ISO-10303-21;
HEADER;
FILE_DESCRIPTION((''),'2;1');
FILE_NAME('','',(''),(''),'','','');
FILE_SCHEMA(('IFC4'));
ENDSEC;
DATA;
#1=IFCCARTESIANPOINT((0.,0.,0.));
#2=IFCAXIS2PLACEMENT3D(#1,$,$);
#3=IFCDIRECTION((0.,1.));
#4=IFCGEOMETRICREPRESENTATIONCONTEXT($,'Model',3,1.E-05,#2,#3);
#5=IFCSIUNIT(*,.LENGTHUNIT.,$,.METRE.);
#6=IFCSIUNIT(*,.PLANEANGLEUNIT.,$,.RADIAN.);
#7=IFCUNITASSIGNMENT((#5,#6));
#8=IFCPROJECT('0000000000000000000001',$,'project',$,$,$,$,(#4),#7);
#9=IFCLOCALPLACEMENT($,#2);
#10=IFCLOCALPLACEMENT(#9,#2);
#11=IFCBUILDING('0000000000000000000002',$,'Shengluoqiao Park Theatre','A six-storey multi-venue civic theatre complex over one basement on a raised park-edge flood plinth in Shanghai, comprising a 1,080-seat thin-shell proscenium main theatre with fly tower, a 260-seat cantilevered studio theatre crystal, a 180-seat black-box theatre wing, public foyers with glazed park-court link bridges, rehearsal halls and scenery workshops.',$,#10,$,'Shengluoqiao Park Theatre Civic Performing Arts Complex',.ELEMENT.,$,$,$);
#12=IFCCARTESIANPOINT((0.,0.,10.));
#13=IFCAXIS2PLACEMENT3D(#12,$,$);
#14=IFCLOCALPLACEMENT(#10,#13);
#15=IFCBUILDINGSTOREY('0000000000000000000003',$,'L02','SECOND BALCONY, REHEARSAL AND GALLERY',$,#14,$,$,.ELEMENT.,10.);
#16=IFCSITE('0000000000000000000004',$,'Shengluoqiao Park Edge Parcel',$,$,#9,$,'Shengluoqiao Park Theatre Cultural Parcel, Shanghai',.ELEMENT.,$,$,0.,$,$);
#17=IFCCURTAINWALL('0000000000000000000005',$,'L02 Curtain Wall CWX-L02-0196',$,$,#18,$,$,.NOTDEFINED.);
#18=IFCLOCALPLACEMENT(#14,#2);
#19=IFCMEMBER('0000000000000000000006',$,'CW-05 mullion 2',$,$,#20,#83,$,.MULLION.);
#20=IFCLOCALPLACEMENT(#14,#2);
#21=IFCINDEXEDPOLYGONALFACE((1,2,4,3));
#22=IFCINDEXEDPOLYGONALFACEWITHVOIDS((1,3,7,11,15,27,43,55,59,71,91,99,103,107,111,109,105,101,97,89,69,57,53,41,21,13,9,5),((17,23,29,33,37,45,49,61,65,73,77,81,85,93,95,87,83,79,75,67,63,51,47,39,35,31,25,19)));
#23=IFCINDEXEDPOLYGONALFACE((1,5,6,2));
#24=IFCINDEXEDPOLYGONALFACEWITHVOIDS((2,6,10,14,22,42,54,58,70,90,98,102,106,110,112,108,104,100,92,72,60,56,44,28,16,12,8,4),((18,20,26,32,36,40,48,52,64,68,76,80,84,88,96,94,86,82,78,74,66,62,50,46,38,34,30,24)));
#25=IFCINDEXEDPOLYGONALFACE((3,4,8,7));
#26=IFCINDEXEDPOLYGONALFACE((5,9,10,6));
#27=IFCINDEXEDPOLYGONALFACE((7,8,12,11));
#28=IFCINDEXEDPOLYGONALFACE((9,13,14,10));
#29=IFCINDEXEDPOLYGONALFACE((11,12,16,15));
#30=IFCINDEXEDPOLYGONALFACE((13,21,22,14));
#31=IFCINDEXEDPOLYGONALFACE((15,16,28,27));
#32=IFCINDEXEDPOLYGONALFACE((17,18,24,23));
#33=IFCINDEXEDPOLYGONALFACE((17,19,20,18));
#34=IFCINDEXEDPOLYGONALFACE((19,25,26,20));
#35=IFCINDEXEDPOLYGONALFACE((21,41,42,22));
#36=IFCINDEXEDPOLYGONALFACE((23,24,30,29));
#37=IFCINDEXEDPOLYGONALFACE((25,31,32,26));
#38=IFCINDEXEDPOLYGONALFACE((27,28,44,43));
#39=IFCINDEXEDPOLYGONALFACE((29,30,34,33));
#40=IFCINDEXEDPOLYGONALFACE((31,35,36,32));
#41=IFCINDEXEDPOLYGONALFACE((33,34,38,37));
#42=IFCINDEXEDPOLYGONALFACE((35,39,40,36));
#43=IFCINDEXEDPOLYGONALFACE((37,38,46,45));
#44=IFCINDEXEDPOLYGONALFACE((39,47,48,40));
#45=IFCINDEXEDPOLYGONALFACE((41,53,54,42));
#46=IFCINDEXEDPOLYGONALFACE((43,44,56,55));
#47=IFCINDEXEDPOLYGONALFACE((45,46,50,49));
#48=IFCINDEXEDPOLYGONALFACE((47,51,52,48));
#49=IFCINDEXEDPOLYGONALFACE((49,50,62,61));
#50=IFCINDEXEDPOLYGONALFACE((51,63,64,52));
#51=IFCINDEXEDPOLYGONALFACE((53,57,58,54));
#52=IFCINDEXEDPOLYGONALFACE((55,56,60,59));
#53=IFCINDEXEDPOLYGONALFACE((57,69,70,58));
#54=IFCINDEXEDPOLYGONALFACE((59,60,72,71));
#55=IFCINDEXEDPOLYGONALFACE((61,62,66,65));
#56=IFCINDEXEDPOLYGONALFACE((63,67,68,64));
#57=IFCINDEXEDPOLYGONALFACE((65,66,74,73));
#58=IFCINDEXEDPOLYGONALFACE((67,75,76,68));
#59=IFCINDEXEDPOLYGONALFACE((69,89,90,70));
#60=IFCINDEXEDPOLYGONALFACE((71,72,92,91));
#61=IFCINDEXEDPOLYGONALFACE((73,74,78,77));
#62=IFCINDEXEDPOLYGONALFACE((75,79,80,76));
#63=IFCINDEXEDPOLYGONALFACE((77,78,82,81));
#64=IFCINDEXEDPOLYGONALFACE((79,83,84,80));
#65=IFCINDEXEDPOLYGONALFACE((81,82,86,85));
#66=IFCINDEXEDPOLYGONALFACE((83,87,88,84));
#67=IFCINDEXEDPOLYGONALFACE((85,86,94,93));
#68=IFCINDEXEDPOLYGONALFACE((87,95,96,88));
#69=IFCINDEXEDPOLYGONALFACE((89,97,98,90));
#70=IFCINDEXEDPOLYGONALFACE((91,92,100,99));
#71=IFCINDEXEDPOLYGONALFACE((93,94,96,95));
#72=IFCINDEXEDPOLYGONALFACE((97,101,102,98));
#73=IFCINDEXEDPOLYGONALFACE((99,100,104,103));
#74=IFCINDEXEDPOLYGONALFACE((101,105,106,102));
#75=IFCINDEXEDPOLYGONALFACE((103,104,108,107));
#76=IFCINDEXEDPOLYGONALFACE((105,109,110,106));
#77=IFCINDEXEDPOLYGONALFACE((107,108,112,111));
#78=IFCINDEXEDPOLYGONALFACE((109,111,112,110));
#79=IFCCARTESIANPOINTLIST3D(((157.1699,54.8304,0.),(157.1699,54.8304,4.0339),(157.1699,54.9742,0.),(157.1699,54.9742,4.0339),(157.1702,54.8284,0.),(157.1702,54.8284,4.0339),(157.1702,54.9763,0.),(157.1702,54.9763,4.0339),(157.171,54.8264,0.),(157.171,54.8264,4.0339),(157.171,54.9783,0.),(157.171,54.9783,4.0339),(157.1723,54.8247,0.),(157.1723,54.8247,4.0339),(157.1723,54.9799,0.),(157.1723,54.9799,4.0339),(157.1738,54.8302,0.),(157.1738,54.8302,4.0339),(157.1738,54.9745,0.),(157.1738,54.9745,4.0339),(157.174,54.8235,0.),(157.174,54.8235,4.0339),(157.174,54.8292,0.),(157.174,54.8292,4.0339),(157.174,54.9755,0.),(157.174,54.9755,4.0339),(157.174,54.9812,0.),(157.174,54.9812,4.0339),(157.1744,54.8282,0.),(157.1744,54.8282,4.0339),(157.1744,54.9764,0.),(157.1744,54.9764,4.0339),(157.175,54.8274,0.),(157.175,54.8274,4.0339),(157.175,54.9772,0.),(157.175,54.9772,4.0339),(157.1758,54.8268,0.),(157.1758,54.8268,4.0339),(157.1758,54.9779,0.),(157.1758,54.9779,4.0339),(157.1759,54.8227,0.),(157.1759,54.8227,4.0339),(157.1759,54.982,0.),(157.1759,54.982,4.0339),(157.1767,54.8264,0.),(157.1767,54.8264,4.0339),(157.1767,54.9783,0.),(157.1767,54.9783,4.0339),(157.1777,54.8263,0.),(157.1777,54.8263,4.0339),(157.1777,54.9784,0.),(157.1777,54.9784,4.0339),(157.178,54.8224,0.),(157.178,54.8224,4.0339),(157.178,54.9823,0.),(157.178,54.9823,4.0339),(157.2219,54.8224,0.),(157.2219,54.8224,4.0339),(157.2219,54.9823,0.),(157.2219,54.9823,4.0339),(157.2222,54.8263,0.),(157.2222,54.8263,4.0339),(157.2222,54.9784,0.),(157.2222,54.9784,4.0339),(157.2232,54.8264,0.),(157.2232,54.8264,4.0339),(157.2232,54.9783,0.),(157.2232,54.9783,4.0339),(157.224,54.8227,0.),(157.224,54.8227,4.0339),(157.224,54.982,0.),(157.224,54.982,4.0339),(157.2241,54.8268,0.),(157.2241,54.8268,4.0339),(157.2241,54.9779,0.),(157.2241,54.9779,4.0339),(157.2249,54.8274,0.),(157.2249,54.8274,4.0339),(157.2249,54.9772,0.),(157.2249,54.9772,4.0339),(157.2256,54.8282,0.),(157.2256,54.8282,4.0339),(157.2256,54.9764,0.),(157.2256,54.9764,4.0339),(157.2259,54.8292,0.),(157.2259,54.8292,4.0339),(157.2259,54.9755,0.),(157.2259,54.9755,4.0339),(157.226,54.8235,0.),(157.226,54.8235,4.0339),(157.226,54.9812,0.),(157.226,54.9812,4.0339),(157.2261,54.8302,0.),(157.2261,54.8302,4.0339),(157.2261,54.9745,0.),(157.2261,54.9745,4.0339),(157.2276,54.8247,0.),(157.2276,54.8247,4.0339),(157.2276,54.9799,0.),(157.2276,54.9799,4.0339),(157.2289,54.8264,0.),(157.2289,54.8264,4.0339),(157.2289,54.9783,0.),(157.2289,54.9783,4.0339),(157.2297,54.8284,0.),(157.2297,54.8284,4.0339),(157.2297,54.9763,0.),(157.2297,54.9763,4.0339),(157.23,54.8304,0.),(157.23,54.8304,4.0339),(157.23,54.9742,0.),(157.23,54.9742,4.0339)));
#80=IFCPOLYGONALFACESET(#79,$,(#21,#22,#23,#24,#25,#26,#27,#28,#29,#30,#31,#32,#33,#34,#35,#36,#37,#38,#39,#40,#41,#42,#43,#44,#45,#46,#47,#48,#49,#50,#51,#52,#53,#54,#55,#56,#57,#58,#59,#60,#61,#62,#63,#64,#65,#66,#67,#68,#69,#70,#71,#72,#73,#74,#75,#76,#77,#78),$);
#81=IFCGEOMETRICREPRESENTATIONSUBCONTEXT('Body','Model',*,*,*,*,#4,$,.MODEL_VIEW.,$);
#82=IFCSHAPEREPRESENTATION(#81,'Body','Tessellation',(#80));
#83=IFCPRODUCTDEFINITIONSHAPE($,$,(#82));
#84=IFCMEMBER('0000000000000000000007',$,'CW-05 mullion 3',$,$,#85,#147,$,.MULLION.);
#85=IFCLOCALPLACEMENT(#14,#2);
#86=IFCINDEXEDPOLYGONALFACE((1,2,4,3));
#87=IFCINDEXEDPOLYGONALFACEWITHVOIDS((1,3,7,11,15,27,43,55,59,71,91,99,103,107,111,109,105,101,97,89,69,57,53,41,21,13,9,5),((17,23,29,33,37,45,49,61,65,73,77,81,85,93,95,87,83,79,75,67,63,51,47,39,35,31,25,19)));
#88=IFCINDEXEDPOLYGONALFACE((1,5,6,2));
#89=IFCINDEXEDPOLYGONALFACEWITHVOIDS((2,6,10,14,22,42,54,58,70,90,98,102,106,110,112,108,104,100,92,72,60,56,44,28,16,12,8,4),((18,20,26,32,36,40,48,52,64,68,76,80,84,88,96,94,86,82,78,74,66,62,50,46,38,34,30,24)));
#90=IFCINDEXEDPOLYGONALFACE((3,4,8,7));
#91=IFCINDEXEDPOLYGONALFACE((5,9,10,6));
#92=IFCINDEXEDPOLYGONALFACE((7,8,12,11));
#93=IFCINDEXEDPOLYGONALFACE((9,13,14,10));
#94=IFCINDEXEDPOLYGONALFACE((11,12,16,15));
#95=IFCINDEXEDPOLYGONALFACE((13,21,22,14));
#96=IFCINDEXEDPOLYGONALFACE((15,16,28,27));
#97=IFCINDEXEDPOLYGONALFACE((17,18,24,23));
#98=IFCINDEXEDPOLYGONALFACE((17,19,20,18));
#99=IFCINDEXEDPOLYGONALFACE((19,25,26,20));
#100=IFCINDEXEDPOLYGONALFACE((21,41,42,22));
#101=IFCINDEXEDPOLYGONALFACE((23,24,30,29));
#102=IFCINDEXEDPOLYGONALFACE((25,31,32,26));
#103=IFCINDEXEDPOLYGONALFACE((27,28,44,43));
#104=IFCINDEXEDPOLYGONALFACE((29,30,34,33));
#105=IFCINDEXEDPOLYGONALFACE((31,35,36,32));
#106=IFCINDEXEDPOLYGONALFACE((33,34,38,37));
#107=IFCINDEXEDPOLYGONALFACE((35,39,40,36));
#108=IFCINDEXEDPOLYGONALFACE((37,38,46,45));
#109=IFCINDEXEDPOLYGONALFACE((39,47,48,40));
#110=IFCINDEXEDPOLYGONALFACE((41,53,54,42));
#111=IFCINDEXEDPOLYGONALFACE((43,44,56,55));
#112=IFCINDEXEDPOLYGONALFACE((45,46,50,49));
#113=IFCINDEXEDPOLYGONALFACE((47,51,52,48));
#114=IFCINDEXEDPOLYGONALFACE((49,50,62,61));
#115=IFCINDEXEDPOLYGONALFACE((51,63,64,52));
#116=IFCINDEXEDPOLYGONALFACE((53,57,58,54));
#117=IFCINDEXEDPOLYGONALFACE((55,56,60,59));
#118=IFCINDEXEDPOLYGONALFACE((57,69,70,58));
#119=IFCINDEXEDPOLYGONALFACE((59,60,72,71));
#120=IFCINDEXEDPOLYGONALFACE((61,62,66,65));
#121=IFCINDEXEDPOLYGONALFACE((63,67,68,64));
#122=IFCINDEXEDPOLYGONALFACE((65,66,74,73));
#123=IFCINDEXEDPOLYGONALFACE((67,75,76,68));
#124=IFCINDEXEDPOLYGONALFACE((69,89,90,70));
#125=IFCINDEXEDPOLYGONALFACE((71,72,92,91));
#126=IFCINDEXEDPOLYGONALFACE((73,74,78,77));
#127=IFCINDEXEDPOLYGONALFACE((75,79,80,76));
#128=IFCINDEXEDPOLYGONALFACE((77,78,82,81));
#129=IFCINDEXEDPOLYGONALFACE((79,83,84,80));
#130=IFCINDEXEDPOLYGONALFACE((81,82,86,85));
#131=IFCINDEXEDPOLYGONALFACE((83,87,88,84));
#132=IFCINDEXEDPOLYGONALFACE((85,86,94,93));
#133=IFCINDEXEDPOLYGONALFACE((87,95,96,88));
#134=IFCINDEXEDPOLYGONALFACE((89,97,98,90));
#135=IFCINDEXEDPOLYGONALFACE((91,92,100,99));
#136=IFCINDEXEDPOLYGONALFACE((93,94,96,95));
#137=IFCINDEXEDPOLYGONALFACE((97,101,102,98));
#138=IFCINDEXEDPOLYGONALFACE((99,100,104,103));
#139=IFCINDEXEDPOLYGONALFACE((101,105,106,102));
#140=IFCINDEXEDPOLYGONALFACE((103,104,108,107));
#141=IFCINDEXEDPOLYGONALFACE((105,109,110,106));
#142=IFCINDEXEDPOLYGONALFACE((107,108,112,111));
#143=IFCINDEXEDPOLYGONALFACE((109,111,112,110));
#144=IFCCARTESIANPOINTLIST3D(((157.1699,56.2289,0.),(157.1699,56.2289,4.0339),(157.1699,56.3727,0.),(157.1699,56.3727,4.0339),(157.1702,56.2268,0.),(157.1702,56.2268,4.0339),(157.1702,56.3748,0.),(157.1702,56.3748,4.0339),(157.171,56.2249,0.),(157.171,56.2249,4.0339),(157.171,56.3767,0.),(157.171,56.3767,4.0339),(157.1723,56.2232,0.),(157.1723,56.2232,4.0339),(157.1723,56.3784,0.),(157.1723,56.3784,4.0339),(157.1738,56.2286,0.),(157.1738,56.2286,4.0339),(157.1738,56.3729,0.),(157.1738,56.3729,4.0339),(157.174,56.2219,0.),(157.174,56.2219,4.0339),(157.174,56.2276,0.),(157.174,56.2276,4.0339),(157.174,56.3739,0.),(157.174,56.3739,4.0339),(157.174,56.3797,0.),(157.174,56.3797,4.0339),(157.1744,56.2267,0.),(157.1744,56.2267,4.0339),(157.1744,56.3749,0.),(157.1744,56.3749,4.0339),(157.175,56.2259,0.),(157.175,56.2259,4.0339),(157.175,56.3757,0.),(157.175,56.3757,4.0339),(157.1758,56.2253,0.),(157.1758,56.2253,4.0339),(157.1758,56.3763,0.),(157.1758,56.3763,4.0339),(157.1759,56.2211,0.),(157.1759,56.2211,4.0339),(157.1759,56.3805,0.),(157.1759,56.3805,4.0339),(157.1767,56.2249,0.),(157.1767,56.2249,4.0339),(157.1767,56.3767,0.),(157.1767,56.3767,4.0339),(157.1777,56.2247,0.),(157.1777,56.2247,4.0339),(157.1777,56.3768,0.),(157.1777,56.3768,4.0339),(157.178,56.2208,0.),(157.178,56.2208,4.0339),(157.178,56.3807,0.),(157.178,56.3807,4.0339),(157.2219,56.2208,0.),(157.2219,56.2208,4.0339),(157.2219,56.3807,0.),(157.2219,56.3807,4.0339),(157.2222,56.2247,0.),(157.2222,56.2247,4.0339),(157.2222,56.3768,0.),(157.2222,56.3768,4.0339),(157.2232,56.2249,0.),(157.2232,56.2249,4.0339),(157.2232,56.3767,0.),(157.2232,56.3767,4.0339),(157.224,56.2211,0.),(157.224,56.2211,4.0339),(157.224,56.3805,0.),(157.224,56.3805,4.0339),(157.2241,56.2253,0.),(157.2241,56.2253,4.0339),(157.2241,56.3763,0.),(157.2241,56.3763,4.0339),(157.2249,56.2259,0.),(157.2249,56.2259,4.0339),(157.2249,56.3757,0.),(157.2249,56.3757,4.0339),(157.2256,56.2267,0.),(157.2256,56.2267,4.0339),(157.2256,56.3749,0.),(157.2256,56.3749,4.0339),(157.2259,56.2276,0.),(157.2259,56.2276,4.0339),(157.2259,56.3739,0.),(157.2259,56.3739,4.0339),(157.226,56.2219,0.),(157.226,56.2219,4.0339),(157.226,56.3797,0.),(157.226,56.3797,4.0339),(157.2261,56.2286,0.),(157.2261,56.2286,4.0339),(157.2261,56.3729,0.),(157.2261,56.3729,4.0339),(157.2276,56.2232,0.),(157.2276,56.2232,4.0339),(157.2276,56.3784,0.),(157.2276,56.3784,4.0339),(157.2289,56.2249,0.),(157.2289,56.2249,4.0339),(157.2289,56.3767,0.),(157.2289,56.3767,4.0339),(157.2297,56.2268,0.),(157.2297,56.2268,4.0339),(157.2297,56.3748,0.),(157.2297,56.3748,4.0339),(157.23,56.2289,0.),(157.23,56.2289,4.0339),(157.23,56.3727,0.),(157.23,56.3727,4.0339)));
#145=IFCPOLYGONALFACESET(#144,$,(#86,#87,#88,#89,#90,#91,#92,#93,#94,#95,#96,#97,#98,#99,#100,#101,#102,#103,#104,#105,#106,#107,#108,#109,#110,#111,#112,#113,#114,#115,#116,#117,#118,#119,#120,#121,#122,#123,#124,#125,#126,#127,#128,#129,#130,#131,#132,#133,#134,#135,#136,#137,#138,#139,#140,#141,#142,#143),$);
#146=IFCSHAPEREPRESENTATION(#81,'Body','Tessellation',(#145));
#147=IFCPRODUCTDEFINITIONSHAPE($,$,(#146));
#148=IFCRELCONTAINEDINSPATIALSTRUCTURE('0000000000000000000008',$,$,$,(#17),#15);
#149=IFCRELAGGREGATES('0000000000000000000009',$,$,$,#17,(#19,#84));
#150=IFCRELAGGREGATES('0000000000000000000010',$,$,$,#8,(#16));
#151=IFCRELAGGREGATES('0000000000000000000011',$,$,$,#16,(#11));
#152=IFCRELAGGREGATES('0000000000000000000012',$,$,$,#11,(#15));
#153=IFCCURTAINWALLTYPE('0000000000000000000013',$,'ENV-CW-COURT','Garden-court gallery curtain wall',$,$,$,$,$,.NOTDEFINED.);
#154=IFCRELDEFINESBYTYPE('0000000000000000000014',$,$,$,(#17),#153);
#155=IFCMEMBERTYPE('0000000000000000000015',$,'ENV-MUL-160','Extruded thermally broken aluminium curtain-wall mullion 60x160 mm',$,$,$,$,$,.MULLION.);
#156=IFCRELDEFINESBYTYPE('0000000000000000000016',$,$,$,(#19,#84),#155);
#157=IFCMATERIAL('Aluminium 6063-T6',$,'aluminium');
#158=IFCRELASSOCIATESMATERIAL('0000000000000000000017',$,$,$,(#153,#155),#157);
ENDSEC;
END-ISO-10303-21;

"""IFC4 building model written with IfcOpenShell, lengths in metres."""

from ifc_helpers import new_model, si_unit, direction, frame, origin, origin_2d, place, context, subcontext, project, spatial, hollow_rectangle, extrude, material, material_profile, profile_set, type_object, element, aggregate, save


model = new_model("IFC4")

# Units and contexts
model_context = context("Model", 3, precision=1e-05, world=origin(), true_north=direction((0.0, 1.0)))
body_context = subcontext(model_context, "Body", "Model", "MODEL_VIEW")
ifc_project = project(units=[si_unit("LENGTHUNIT", "METRE"), si_unit("PLANEANGLEUNIT", "RADIAN")], contexts=[model_context])

# Site, building, storey
site_placement = place(None, origin())
site = spatial("IfcSite", under=ifc_project, at=site_placement, Name="Shengluoqiao Park Edge Parcel", LongName="Shengluoqiao Park Theatre Cultural Parcel, Shanghai", CompositionType="ELEMENT", RefElevation=0.0)
building_placement = place(site_placement, origin())
building = spatial("IfcBuilding", under=site, at=building_placement, Name="Shengluoqiao Park Theatre", Description="A six-storey multi-venue civic theatre complex over one basement on a raised park-edge flood plinth in Shanghai, comprising a 1,080-seat thin-shell proscenium main theatre with fly tower, a 260-seat cantilevered studio theatre crystal, a 180-seat black-box theatre wing, public foyers with glazed park-court link bridges, rehearsal halls and scenery workshops.", LongName="Shengluoqiao Park Theatre Civic Performing Arts Complex", CompositionType="ELEMENT")
storey_placement = place(building_placement, frame((0.0, 0.0, 10.0)))
storey = spatial("IfcBuildingStorey", under=building, at=storey_placement, Name="L02", Description="SECOND BALCONY, REHEARSAL AND GALLERY", CompositionType="ELEMENT", Elevation=10.0)

# Curtain wall, members
ifc_material_1 = material(Name="Aluminium 6063-T6", Category="aluminium")
curtain_wall_type = type_object("IfcCurtainWallType", Name="ENV-CW-COURT", Description="Garden-court gallery curtain wall", PredefinedType="NOTDEFINED", material=ifc_material_1)
curtain_wall_placement = place(storey_placement, origin())
curtain_wall = element("IfcCurtainWall", 1, at=curtain_wall_placement, inside=storey, type_object=curtain_wall_type, Name="L02 Curtain Wall CWX-L02-0196", PredefinedType="NOTDEFINED")
ifc_material_profile_1 = material_profile(ifc_material_1, hollow_rectangle(XDim=0.0601, YDim=0.1599, WallThickness=0.0039, InnerFilletRadius=0.0039, OuterFilletRadius=0.0081, at=origin_2d()), Name="ALU MULLION 160x60x4")
ifc_profile_set_1 = profile_set([ifc_material_profile_1], Name="Aluminium 6063-T6")
member_type_1 = type_object("IfcMemberType", Name="ENV-MUL-160", Description="Extruded thermally broken aluminium curtain-wall mullion 60x160 mm", PredefinedType="MULLION", material=ifc_profile_set_1)
member_1_placement = place(storey_placement, frame((157.2, 54.9023, 0.0), z_axis=(0.0, 0.0, 1.0), x_axis=(-1.0, 0.0, 0.0)))
member_1 = element("IfcMember", 2, at=member_1_placement, type_object=member_type_1, Name="CW-05 mullion 2", PredefinedType="MULLION", context=body_context, shape_type="SweptSolid", body=[
    extrude(hollow_rectangle(XDim=0.0601, YDim=0.1599, WallThickness=0.0039, InnerFilletRadius=0.0039, OuterFilletRadius=0.0081, at=origin_2d()), origin(), (0.0, 0.0, 1.0), 4.0339),
])
member_2_placement = place(storey_placement, frame((157.2, 56.3008, 0.0), z_axis=(0.0, 0.0, 1.0), x_axis=(-1.0, 0.0, 0.0)))
member_2 = element("IfcMember", 3, at=member_2_placement, type_object=member_type_1, Name="CW-05 mullion 3", PredefinedType="MULLION", context=body_context, shape_type="SweptSolid", body=[
    extrude(hollow_rectangle(XDim=0.0601, YDim=0.1599, WallThickness=0.0039, InnerFilletRadius=0.0039, OuterFilletRadius=0.0081, at=origin_2d()), origin(), (0.0, 0.0, 1.0), 4.0339),
])
aggregate(curtain_wall, [member_1, member_2])

save(model, "model.ifc")
